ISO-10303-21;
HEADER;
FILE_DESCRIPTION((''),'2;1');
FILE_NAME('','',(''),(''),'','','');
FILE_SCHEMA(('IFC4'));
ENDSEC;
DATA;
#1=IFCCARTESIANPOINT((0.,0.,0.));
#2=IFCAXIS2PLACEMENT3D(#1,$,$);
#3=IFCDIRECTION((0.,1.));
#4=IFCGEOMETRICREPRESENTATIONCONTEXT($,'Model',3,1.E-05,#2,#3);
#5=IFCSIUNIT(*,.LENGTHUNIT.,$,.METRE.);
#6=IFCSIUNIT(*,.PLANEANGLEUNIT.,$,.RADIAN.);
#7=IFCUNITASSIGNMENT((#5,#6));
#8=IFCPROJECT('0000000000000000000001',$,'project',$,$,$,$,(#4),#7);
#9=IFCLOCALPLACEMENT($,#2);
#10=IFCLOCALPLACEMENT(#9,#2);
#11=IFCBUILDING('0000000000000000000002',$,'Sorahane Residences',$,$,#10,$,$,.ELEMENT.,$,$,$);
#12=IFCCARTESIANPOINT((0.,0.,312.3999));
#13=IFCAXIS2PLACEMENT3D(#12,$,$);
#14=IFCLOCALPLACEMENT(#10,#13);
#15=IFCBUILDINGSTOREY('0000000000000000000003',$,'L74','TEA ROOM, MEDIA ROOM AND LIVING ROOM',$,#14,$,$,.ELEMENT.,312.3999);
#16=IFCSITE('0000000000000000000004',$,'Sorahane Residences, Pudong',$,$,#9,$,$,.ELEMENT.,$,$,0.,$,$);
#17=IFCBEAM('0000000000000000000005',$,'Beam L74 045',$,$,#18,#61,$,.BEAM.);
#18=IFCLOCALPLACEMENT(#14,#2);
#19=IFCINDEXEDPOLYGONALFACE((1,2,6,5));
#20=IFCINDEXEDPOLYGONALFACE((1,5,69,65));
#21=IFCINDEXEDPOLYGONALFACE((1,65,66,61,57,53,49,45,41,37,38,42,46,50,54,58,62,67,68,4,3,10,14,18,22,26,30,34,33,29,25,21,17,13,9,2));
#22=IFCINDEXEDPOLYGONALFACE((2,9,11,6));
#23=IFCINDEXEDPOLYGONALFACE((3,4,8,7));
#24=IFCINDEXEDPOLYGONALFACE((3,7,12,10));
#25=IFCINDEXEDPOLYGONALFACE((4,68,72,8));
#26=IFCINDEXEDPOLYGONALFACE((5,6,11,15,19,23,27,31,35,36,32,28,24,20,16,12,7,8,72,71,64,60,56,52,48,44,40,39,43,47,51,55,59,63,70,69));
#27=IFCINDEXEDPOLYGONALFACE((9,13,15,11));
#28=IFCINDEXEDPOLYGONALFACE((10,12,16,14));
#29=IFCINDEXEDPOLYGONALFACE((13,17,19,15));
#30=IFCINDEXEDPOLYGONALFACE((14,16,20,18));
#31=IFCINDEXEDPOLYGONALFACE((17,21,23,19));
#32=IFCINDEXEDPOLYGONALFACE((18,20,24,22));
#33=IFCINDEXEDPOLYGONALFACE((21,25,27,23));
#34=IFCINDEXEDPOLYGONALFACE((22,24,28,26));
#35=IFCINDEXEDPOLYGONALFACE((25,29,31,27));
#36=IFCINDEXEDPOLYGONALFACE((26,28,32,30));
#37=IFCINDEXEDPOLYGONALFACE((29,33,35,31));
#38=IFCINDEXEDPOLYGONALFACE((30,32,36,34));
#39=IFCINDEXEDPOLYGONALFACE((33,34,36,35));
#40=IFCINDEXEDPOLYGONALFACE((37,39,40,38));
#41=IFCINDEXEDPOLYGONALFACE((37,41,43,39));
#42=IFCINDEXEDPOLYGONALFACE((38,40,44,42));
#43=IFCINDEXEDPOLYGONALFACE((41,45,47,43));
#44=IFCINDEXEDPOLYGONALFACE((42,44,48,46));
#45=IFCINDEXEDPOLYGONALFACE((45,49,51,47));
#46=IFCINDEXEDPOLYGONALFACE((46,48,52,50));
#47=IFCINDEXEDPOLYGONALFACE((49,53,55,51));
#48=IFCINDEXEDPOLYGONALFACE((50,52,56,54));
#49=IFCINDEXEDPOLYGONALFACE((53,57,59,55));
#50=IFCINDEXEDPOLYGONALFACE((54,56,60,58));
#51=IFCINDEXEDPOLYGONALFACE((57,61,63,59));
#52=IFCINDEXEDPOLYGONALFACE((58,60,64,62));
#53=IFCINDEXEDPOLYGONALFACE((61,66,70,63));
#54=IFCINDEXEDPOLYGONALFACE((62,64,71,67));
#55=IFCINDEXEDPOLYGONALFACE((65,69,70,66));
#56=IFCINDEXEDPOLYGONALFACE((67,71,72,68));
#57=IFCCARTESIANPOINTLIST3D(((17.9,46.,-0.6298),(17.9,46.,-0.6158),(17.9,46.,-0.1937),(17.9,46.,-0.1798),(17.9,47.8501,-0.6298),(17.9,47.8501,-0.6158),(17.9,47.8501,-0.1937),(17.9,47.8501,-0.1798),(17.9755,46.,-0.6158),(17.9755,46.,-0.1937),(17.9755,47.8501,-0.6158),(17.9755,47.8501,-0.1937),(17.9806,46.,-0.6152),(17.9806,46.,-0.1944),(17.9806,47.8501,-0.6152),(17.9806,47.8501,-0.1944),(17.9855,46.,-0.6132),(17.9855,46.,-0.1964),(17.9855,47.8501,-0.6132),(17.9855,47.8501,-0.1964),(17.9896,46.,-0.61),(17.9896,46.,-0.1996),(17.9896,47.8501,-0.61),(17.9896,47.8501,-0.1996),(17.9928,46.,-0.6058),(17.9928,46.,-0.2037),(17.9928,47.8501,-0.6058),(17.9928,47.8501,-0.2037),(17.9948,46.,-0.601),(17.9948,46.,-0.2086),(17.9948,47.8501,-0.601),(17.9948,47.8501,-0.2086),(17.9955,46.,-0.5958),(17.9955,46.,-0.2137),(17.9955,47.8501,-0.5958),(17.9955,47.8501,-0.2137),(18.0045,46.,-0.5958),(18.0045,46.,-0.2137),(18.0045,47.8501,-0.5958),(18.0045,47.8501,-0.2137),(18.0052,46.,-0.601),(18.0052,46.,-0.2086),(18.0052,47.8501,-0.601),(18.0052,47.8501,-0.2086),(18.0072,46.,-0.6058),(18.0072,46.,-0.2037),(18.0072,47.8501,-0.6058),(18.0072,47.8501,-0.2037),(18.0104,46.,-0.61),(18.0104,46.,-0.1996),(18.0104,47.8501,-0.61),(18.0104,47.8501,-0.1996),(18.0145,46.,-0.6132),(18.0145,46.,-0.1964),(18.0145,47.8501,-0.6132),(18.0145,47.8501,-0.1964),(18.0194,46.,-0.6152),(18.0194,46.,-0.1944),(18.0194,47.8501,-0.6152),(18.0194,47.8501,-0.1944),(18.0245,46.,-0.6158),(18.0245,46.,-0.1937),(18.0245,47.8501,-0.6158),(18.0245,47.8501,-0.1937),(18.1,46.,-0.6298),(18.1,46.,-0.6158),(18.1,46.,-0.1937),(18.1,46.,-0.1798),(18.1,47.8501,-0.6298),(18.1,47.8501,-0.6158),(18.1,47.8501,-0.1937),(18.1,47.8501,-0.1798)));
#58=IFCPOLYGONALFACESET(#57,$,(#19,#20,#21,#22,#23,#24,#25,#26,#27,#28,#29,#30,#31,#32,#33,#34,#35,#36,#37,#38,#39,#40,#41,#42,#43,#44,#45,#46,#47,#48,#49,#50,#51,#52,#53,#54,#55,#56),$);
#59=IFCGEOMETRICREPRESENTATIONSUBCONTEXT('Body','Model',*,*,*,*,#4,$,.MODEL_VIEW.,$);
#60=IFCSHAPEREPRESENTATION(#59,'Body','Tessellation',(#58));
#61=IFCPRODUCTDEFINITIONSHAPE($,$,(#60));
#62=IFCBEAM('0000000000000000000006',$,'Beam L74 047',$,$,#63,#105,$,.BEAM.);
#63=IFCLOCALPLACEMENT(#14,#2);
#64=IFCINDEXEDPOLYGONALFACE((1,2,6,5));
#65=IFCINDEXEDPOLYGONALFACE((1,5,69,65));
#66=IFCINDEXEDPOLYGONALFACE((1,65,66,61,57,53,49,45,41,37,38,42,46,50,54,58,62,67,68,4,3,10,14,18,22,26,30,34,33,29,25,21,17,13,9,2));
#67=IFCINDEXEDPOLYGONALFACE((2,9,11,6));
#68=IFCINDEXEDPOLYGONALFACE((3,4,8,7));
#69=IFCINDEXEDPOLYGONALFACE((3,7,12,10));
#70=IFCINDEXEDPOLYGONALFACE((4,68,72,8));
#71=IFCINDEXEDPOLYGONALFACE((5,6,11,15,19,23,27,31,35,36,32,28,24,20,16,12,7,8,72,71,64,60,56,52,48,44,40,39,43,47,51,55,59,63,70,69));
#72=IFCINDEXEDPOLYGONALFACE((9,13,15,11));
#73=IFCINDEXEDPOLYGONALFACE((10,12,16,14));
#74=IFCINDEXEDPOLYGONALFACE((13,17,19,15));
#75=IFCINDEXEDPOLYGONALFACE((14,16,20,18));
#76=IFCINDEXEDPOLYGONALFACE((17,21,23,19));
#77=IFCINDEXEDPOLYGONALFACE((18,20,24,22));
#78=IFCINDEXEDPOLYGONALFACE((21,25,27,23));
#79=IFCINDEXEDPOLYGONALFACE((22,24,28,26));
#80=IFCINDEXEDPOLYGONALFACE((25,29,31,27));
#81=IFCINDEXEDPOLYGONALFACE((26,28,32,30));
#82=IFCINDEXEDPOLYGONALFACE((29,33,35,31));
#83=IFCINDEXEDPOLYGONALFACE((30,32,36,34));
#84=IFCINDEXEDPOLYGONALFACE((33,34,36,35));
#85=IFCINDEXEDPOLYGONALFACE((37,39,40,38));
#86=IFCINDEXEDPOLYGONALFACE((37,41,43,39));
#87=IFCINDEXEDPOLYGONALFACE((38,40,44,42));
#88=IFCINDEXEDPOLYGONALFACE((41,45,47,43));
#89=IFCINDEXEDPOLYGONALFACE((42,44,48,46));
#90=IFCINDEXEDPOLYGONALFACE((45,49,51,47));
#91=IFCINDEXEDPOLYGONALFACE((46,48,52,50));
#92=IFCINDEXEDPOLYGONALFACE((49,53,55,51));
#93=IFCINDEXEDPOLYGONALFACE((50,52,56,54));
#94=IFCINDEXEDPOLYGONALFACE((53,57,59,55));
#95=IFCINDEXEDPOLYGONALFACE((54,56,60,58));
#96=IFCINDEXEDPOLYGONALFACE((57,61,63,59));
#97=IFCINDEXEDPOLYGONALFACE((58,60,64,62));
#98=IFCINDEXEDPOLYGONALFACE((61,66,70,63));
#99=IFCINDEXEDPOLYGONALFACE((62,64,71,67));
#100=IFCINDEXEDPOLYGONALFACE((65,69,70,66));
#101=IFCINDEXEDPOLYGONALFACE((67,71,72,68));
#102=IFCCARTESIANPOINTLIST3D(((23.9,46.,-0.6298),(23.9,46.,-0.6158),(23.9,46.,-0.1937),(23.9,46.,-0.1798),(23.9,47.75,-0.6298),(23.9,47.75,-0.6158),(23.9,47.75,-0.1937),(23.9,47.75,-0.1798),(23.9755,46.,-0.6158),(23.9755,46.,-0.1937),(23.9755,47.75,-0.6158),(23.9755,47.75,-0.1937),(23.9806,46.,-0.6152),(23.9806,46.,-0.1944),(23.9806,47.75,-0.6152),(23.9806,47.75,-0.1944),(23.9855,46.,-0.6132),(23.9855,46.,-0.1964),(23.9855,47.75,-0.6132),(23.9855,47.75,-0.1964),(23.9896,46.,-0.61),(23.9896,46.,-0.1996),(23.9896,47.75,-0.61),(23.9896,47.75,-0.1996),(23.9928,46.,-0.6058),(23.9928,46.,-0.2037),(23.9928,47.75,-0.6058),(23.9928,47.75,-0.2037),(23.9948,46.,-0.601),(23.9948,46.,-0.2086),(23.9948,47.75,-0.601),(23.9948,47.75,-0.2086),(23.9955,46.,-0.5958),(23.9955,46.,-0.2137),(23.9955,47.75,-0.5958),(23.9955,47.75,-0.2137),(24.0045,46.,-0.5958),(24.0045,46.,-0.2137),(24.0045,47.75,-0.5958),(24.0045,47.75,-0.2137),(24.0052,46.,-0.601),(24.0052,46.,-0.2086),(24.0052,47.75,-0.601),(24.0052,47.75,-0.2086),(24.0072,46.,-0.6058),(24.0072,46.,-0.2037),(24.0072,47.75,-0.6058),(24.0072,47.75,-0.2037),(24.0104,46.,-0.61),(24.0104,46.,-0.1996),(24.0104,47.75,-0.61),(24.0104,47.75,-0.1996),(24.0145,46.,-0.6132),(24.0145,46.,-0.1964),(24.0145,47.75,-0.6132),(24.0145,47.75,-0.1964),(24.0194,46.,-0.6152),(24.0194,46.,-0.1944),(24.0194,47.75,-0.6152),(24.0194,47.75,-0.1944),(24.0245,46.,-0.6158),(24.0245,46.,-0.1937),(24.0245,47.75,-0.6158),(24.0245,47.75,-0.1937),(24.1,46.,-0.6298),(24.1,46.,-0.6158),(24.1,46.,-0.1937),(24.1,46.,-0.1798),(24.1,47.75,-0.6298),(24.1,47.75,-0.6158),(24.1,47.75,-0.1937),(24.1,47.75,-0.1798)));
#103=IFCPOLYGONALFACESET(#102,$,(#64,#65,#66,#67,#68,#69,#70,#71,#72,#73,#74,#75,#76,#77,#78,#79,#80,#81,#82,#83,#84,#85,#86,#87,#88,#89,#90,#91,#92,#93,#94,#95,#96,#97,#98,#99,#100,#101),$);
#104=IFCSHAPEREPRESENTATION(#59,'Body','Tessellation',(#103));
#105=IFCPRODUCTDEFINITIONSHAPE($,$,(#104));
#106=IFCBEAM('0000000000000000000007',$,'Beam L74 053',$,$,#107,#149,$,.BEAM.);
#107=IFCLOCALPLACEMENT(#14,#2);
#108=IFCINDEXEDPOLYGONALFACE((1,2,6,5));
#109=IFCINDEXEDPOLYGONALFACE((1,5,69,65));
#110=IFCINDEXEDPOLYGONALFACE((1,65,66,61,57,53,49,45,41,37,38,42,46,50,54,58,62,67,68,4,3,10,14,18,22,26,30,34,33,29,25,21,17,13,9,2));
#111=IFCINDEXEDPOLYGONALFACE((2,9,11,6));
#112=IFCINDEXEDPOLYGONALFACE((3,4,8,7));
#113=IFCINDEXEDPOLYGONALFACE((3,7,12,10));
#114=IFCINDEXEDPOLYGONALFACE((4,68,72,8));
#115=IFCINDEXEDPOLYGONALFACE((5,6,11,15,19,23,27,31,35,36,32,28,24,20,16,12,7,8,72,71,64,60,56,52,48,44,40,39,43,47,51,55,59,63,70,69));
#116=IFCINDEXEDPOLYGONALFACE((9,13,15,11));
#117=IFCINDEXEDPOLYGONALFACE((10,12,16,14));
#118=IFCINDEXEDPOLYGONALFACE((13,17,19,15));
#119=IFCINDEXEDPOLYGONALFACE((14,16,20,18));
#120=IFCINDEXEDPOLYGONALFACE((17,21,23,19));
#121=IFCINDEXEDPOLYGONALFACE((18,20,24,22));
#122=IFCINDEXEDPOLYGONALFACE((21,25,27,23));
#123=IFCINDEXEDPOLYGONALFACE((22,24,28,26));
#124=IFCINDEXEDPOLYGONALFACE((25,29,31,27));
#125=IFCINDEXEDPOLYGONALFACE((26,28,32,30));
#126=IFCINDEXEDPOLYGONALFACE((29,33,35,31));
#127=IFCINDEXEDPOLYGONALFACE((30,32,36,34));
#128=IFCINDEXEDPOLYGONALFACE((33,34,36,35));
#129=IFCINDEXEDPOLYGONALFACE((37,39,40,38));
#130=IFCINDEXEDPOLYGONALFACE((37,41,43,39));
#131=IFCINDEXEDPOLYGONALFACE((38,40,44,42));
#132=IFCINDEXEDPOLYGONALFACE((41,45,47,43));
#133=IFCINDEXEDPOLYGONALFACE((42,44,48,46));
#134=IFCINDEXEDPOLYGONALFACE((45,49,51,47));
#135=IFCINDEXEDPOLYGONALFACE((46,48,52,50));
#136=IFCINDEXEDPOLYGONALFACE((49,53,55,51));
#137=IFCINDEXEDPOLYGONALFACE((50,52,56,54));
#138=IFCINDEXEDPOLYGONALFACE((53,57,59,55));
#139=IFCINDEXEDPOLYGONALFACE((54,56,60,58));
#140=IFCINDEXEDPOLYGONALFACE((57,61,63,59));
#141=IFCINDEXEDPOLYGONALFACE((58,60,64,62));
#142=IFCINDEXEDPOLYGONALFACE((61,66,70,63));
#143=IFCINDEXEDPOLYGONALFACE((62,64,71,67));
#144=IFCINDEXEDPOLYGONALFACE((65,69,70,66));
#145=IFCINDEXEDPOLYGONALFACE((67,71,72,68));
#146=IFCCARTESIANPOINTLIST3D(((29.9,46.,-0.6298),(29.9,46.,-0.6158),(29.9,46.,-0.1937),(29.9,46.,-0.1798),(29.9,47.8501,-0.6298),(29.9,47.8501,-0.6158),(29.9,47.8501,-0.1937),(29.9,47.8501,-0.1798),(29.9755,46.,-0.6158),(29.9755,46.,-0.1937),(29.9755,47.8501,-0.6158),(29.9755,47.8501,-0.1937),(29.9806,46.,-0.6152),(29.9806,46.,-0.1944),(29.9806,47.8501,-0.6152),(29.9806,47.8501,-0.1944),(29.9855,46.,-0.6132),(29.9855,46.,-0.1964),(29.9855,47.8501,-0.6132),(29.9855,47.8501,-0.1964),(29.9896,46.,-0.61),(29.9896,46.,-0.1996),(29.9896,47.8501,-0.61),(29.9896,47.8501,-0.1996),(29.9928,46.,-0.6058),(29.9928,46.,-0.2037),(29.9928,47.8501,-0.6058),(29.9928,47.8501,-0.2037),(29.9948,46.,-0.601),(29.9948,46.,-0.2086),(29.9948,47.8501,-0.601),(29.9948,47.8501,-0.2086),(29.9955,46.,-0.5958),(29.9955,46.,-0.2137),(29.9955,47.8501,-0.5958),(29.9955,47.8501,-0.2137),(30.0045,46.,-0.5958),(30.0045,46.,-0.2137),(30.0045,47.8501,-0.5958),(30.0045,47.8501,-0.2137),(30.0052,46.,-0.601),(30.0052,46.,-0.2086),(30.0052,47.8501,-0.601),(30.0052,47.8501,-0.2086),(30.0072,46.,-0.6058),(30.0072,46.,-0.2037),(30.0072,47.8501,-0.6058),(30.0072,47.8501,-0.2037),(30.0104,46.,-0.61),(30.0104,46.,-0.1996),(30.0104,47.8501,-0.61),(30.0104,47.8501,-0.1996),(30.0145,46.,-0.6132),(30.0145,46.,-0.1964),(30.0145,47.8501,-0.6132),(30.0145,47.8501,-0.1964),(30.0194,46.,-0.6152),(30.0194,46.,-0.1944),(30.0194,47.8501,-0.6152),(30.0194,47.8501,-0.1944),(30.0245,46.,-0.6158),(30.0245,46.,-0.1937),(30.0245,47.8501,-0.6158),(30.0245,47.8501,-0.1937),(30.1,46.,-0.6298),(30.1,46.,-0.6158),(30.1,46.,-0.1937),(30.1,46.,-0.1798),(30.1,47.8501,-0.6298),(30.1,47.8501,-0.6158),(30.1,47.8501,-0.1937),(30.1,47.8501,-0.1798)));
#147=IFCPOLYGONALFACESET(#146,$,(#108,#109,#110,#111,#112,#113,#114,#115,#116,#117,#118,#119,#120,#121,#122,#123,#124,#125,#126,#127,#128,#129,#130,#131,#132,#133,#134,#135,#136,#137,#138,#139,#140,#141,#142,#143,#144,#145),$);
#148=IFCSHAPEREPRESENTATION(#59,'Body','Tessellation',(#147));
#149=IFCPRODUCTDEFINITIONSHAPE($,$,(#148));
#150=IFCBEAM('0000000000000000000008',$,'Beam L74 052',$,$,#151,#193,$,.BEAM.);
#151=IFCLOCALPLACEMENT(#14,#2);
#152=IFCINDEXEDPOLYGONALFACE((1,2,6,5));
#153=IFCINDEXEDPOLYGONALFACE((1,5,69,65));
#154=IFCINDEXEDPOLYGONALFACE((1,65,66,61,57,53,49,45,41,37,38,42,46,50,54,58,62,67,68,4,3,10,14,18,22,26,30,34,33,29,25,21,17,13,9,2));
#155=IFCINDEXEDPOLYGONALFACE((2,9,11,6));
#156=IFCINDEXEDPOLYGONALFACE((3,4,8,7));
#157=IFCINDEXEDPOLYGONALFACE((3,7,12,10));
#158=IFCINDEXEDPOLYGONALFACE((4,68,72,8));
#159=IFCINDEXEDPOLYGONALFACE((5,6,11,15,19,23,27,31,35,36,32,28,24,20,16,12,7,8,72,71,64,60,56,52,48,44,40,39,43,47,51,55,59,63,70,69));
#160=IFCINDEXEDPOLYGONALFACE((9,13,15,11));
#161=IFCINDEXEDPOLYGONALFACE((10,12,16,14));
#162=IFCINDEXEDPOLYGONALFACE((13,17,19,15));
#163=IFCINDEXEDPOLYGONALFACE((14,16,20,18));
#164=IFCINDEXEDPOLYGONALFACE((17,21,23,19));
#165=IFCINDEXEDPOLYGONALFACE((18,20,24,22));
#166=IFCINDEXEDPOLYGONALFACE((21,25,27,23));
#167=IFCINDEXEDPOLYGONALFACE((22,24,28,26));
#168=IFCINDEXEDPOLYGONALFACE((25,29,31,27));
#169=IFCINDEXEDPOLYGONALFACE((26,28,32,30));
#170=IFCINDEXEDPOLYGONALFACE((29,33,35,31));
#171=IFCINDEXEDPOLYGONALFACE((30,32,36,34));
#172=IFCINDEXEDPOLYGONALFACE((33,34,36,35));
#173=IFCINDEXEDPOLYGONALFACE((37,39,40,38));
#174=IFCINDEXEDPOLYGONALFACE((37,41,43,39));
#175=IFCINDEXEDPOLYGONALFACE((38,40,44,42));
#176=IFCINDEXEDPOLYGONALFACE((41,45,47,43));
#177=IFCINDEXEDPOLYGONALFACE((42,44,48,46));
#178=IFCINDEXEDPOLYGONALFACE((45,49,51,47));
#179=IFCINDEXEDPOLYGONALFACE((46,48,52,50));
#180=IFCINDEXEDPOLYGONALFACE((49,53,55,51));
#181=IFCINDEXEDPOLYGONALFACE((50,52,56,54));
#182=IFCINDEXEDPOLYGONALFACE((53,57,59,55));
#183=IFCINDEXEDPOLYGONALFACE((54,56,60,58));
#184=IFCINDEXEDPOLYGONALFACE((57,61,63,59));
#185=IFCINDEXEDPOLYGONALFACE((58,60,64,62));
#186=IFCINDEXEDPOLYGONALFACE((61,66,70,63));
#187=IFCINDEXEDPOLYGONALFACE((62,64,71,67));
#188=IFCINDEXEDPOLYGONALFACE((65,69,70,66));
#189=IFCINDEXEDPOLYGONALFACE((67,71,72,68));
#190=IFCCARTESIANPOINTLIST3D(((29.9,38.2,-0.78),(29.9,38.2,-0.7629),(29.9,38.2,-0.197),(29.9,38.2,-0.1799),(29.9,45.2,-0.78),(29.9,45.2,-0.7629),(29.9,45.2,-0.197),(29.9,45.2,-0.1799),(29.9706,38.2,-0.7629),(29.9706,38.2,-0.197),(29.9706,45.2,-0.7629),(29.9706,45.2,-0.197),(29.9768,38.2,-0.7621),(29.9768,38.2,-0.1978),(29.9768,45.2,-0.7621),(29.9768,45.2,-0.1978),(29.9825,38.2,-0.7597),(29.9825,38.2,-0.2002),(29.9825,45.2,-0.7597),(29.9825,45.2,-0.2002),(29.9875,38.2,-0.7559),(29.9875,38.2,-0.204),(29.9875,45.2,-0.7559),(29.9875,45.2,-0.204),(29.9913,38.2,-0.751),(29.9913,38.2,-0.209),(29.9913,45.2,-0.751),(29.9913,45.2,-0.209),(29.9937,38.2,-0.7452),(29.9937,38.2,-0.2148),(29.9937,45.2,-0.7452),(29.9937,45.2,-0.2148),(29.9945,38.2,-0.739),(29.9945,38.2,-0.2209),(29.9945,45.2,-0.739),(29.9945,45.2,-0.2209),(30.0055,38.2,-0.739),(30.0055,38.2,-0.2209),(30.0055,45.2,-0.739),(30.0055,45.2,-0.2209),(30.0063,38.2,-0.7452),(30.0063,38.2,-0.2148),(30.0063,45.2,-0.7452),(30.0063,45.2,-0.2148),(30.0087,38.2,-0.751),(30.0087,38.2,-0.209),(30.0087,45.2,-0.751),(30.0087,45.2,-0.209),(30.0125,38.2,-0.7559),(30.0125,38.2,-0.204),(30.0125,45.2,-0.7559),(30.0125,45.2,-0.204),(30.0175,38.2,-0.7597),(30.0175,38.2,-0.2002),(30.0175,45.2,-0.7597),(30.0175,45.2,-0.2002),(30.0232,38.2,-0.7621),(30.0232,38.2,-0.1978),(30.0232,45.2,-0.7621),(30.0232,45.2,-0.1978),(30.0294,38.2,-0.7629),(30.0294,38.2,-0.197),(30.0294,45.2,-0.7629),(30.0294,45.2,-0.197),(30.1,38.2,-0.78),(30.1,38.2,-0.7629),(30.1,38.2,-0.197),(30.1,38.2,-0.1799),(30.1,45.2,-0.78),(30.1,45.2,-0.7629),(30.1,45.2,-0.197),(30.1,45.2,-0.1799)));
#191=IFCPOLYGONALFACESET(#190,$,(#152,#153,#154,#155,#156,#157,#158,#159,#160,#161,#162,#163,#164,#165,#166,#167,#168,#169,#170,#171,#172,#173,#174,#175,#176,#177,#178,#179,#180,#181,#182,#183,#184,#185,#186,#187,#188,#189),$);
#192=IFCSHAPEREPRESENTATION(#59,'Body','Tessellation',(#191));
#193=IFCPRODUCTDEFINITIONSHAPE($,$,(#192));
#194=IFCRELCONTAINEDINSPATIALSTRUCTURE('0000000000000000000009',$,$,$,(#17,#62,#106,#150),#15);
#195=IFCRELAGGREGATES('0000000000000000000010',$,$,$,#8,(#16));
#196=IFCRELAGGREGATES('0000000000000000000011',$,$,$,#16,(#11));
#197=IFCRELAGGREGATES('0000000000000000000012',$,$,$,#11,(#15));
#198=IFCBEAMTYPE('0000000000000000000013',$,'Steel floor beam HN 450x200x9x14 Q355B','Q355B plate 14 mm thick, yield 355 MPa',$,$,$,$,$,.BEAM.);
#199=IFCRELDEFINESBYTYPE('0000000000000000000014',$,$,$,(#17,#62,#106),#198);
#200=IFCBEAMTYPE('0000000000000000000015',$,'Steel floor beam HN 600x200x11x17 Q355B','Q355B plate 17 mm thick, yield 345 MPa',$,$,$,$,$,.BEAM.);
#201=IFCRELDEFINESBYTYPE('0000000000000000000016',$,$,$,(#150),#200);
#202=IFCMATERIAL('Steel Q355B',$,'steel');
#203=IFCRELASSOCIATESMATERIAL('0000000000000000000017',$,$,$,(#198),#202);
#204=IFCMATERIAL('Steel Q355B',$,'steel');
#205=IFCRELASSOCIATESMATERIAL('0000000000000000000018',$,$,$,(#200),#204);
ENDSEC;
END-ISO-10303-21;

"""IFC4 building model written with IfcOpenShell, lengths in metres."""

from ifc_helpers import new_model, si_unit, direction, frame, origin, origin_2d, place, context, subcontext, project, spatial, i_section, extrude, material, material_profile, profile_set, type_object, element, save


model = new_model("IFC4")

# Units and contexts
model_context = context("Model", 3, precision=1e-05, world=origin(), true_north=direction((0.0, 1.0)))
body_context = subcontext(model_context, "Body", "Model", "MODEL_VIEW")
ifc_project = project(units=[si_unit("LENGTHUNIT", "METRE"), si_unit("PLANEANGLEUNIT", "RADIAN")], contexts=[model_context])

# Site, building, storey
site_placement = place(None, origin())
site = spatial("IfcSite", under=ifc_project, at=site_placement, Name="Sorahane Residences, Pudong", CompositionType="ELEMENT", RefElevation=0.0)
building_placement = place(site_placement, origin())
building = spatial("IfcBuilding", under=site, at=building_placement, Name="Sorahane Residences", CompositionType="ELEMENT")
storey_placement = place(building_placement, frame((0.0, 0.0, 312.3999)))
storey = spatial("IfcBuildingStorey", under=building, at=storey_placement, Name="L74", Description="TEA ROOM, MEDIA ROOM AND LIVING ROOM", CompositionType="ELEMENT", Elevation=312.3999)

# Beams
ifc_material_1 = material(Name="Steel Q355B", Category="steel")
ifc_material_profile_1 = material_profile(ifc_material_1, i_section(OverallWidth=0.2, OverallDepth=0.45, WebThickness=0.009, FlangeThickness=0.0139, FilletRadius=0.02, at=origin_2d()), Name="HN 450x200x9x14")
ifc_profile_set_1 = profile_set([ifc_material_profile_1], Name="Steel Q355B")
beam_type_1 = type_object("IfcBeamType", Name="Steel floor beam HN 450x200x9x14 Q355B", Description="Q355B plate 14 mm thick, yield 355 MPa", PredefinedType="BEAM", material=ifc_profile_set_1)
beam_1_placement = place(storey_placement, frame((18.0, 46.0, -0.4048), z_axis=(0.0, 1.0, 0.0), x_axis=(-1.0, 0.0, 0.0)))
element("IfcBeam", 1, at=beam_1_placement, inside=storey, type_object=beam_type_1, Name="Beam L74 045", PredefinedType="BEAM", context=body_context, shape_type="SweptSolid", body=[
    extrude(i_section(OverallWidth=0.2, OverallDepth=0.45, WebThickness=0.009, FlangeThickness=0.0139, FilletRadius=0.02, at=origin_2d()), origin(), (0.0, 0.0, 1.0), 1.8501),
])
beam_2_placement = place(storey_placement, frame((24.0, 46.0, -0.4048), z_axis=(0.0, 1.0, 0.0), x_axis=(-1.0, 0.0, 0.0)))
element("IfcBeam", 2, at=beam_2_placement, inside=storey, type_object=beam_type_1, Name="Beam L74 047", PredefinedType="BEAM", context=body_context, shape_type="SweptSolid", body=[
    extrude(i_section(OverallWidth=0.2, OverallDepth=0.45, WebThickness=0.009, FlangeThickness=0.0139, FilletRadius=0.02, at=origin_2d()), origin(), (0.0, 0.0, 1.0), 1.75),
])
beam_3_placement = place(storey_placement, frame((30.0, 46.0, -0.4048), z_axis=(0.0, 1.0, 0.0), x_axis=(-1.0, 0.0, 0.0)))
element("IfcBeam", 3, at=beam_3_placement, inside=storey, type_object=beam_type_1, Name="Beam L74 053", PredefinedType="BEAM", context=body_context, shape_type="SweptSolid", body=[
    extrude(i_section(OverallWidth=0.2, OverallDepth=0.45, WebThickness=0.009, FlangeThickness=0.0139, FilletRadius=0.02, at=origin_2d()), origin(), (0.0, 0.0, 1.0), 1.8501),
])
ifc_material_2 = material(Name="Steel Q355B", Category="steel")
ifc_material_profile_2 = material_profile(ifc_material_2, i_section(OverallWidth=0.2, OverallDepth=0.6001, WebThickness=0.011, FlangeThickness=0.0171, FilletRadius=0.0239, at=origin_2d()), Name="HN 600x200x11x17")
ifc_profile_set_2 = profile_set([ifc_material_profile_2], Name="Steel Q355B")
beam_type_2 = type_object("IfcBeamType", Name="Steel floor beam HN 600x200x11x17 Q355B", Description="Q355B plate 17 mm thick, yield 345 MPa", PredefinedType="BEAM", material=ifc_profile_set_2)
beam_4_placement = place(storey_placement, frame((30.0, 38.2, -0.48), z_axis=(0.0, 1.0, 0.0), x_axis=(-1.0, 0.0, 0.0)))
element("IfcBeam", 4, at=beam_4_placement, inside=storey, type_object=beam_type_2, Name="Beam L74 052", PredefinedType="BEAM", context=body_context, shape_type="SweptSolid", body=[
    extrude(i_section(OverallWidth=0.2, OverallDepth=0.6001, WebThickness=0.011, FlangeThickness=0.0171, FilletRadius=0.0239, at=origin_2d()), origin(), (0.0, 0.0, 1.0), 7.0),
])

save(model, "model.ifc")
